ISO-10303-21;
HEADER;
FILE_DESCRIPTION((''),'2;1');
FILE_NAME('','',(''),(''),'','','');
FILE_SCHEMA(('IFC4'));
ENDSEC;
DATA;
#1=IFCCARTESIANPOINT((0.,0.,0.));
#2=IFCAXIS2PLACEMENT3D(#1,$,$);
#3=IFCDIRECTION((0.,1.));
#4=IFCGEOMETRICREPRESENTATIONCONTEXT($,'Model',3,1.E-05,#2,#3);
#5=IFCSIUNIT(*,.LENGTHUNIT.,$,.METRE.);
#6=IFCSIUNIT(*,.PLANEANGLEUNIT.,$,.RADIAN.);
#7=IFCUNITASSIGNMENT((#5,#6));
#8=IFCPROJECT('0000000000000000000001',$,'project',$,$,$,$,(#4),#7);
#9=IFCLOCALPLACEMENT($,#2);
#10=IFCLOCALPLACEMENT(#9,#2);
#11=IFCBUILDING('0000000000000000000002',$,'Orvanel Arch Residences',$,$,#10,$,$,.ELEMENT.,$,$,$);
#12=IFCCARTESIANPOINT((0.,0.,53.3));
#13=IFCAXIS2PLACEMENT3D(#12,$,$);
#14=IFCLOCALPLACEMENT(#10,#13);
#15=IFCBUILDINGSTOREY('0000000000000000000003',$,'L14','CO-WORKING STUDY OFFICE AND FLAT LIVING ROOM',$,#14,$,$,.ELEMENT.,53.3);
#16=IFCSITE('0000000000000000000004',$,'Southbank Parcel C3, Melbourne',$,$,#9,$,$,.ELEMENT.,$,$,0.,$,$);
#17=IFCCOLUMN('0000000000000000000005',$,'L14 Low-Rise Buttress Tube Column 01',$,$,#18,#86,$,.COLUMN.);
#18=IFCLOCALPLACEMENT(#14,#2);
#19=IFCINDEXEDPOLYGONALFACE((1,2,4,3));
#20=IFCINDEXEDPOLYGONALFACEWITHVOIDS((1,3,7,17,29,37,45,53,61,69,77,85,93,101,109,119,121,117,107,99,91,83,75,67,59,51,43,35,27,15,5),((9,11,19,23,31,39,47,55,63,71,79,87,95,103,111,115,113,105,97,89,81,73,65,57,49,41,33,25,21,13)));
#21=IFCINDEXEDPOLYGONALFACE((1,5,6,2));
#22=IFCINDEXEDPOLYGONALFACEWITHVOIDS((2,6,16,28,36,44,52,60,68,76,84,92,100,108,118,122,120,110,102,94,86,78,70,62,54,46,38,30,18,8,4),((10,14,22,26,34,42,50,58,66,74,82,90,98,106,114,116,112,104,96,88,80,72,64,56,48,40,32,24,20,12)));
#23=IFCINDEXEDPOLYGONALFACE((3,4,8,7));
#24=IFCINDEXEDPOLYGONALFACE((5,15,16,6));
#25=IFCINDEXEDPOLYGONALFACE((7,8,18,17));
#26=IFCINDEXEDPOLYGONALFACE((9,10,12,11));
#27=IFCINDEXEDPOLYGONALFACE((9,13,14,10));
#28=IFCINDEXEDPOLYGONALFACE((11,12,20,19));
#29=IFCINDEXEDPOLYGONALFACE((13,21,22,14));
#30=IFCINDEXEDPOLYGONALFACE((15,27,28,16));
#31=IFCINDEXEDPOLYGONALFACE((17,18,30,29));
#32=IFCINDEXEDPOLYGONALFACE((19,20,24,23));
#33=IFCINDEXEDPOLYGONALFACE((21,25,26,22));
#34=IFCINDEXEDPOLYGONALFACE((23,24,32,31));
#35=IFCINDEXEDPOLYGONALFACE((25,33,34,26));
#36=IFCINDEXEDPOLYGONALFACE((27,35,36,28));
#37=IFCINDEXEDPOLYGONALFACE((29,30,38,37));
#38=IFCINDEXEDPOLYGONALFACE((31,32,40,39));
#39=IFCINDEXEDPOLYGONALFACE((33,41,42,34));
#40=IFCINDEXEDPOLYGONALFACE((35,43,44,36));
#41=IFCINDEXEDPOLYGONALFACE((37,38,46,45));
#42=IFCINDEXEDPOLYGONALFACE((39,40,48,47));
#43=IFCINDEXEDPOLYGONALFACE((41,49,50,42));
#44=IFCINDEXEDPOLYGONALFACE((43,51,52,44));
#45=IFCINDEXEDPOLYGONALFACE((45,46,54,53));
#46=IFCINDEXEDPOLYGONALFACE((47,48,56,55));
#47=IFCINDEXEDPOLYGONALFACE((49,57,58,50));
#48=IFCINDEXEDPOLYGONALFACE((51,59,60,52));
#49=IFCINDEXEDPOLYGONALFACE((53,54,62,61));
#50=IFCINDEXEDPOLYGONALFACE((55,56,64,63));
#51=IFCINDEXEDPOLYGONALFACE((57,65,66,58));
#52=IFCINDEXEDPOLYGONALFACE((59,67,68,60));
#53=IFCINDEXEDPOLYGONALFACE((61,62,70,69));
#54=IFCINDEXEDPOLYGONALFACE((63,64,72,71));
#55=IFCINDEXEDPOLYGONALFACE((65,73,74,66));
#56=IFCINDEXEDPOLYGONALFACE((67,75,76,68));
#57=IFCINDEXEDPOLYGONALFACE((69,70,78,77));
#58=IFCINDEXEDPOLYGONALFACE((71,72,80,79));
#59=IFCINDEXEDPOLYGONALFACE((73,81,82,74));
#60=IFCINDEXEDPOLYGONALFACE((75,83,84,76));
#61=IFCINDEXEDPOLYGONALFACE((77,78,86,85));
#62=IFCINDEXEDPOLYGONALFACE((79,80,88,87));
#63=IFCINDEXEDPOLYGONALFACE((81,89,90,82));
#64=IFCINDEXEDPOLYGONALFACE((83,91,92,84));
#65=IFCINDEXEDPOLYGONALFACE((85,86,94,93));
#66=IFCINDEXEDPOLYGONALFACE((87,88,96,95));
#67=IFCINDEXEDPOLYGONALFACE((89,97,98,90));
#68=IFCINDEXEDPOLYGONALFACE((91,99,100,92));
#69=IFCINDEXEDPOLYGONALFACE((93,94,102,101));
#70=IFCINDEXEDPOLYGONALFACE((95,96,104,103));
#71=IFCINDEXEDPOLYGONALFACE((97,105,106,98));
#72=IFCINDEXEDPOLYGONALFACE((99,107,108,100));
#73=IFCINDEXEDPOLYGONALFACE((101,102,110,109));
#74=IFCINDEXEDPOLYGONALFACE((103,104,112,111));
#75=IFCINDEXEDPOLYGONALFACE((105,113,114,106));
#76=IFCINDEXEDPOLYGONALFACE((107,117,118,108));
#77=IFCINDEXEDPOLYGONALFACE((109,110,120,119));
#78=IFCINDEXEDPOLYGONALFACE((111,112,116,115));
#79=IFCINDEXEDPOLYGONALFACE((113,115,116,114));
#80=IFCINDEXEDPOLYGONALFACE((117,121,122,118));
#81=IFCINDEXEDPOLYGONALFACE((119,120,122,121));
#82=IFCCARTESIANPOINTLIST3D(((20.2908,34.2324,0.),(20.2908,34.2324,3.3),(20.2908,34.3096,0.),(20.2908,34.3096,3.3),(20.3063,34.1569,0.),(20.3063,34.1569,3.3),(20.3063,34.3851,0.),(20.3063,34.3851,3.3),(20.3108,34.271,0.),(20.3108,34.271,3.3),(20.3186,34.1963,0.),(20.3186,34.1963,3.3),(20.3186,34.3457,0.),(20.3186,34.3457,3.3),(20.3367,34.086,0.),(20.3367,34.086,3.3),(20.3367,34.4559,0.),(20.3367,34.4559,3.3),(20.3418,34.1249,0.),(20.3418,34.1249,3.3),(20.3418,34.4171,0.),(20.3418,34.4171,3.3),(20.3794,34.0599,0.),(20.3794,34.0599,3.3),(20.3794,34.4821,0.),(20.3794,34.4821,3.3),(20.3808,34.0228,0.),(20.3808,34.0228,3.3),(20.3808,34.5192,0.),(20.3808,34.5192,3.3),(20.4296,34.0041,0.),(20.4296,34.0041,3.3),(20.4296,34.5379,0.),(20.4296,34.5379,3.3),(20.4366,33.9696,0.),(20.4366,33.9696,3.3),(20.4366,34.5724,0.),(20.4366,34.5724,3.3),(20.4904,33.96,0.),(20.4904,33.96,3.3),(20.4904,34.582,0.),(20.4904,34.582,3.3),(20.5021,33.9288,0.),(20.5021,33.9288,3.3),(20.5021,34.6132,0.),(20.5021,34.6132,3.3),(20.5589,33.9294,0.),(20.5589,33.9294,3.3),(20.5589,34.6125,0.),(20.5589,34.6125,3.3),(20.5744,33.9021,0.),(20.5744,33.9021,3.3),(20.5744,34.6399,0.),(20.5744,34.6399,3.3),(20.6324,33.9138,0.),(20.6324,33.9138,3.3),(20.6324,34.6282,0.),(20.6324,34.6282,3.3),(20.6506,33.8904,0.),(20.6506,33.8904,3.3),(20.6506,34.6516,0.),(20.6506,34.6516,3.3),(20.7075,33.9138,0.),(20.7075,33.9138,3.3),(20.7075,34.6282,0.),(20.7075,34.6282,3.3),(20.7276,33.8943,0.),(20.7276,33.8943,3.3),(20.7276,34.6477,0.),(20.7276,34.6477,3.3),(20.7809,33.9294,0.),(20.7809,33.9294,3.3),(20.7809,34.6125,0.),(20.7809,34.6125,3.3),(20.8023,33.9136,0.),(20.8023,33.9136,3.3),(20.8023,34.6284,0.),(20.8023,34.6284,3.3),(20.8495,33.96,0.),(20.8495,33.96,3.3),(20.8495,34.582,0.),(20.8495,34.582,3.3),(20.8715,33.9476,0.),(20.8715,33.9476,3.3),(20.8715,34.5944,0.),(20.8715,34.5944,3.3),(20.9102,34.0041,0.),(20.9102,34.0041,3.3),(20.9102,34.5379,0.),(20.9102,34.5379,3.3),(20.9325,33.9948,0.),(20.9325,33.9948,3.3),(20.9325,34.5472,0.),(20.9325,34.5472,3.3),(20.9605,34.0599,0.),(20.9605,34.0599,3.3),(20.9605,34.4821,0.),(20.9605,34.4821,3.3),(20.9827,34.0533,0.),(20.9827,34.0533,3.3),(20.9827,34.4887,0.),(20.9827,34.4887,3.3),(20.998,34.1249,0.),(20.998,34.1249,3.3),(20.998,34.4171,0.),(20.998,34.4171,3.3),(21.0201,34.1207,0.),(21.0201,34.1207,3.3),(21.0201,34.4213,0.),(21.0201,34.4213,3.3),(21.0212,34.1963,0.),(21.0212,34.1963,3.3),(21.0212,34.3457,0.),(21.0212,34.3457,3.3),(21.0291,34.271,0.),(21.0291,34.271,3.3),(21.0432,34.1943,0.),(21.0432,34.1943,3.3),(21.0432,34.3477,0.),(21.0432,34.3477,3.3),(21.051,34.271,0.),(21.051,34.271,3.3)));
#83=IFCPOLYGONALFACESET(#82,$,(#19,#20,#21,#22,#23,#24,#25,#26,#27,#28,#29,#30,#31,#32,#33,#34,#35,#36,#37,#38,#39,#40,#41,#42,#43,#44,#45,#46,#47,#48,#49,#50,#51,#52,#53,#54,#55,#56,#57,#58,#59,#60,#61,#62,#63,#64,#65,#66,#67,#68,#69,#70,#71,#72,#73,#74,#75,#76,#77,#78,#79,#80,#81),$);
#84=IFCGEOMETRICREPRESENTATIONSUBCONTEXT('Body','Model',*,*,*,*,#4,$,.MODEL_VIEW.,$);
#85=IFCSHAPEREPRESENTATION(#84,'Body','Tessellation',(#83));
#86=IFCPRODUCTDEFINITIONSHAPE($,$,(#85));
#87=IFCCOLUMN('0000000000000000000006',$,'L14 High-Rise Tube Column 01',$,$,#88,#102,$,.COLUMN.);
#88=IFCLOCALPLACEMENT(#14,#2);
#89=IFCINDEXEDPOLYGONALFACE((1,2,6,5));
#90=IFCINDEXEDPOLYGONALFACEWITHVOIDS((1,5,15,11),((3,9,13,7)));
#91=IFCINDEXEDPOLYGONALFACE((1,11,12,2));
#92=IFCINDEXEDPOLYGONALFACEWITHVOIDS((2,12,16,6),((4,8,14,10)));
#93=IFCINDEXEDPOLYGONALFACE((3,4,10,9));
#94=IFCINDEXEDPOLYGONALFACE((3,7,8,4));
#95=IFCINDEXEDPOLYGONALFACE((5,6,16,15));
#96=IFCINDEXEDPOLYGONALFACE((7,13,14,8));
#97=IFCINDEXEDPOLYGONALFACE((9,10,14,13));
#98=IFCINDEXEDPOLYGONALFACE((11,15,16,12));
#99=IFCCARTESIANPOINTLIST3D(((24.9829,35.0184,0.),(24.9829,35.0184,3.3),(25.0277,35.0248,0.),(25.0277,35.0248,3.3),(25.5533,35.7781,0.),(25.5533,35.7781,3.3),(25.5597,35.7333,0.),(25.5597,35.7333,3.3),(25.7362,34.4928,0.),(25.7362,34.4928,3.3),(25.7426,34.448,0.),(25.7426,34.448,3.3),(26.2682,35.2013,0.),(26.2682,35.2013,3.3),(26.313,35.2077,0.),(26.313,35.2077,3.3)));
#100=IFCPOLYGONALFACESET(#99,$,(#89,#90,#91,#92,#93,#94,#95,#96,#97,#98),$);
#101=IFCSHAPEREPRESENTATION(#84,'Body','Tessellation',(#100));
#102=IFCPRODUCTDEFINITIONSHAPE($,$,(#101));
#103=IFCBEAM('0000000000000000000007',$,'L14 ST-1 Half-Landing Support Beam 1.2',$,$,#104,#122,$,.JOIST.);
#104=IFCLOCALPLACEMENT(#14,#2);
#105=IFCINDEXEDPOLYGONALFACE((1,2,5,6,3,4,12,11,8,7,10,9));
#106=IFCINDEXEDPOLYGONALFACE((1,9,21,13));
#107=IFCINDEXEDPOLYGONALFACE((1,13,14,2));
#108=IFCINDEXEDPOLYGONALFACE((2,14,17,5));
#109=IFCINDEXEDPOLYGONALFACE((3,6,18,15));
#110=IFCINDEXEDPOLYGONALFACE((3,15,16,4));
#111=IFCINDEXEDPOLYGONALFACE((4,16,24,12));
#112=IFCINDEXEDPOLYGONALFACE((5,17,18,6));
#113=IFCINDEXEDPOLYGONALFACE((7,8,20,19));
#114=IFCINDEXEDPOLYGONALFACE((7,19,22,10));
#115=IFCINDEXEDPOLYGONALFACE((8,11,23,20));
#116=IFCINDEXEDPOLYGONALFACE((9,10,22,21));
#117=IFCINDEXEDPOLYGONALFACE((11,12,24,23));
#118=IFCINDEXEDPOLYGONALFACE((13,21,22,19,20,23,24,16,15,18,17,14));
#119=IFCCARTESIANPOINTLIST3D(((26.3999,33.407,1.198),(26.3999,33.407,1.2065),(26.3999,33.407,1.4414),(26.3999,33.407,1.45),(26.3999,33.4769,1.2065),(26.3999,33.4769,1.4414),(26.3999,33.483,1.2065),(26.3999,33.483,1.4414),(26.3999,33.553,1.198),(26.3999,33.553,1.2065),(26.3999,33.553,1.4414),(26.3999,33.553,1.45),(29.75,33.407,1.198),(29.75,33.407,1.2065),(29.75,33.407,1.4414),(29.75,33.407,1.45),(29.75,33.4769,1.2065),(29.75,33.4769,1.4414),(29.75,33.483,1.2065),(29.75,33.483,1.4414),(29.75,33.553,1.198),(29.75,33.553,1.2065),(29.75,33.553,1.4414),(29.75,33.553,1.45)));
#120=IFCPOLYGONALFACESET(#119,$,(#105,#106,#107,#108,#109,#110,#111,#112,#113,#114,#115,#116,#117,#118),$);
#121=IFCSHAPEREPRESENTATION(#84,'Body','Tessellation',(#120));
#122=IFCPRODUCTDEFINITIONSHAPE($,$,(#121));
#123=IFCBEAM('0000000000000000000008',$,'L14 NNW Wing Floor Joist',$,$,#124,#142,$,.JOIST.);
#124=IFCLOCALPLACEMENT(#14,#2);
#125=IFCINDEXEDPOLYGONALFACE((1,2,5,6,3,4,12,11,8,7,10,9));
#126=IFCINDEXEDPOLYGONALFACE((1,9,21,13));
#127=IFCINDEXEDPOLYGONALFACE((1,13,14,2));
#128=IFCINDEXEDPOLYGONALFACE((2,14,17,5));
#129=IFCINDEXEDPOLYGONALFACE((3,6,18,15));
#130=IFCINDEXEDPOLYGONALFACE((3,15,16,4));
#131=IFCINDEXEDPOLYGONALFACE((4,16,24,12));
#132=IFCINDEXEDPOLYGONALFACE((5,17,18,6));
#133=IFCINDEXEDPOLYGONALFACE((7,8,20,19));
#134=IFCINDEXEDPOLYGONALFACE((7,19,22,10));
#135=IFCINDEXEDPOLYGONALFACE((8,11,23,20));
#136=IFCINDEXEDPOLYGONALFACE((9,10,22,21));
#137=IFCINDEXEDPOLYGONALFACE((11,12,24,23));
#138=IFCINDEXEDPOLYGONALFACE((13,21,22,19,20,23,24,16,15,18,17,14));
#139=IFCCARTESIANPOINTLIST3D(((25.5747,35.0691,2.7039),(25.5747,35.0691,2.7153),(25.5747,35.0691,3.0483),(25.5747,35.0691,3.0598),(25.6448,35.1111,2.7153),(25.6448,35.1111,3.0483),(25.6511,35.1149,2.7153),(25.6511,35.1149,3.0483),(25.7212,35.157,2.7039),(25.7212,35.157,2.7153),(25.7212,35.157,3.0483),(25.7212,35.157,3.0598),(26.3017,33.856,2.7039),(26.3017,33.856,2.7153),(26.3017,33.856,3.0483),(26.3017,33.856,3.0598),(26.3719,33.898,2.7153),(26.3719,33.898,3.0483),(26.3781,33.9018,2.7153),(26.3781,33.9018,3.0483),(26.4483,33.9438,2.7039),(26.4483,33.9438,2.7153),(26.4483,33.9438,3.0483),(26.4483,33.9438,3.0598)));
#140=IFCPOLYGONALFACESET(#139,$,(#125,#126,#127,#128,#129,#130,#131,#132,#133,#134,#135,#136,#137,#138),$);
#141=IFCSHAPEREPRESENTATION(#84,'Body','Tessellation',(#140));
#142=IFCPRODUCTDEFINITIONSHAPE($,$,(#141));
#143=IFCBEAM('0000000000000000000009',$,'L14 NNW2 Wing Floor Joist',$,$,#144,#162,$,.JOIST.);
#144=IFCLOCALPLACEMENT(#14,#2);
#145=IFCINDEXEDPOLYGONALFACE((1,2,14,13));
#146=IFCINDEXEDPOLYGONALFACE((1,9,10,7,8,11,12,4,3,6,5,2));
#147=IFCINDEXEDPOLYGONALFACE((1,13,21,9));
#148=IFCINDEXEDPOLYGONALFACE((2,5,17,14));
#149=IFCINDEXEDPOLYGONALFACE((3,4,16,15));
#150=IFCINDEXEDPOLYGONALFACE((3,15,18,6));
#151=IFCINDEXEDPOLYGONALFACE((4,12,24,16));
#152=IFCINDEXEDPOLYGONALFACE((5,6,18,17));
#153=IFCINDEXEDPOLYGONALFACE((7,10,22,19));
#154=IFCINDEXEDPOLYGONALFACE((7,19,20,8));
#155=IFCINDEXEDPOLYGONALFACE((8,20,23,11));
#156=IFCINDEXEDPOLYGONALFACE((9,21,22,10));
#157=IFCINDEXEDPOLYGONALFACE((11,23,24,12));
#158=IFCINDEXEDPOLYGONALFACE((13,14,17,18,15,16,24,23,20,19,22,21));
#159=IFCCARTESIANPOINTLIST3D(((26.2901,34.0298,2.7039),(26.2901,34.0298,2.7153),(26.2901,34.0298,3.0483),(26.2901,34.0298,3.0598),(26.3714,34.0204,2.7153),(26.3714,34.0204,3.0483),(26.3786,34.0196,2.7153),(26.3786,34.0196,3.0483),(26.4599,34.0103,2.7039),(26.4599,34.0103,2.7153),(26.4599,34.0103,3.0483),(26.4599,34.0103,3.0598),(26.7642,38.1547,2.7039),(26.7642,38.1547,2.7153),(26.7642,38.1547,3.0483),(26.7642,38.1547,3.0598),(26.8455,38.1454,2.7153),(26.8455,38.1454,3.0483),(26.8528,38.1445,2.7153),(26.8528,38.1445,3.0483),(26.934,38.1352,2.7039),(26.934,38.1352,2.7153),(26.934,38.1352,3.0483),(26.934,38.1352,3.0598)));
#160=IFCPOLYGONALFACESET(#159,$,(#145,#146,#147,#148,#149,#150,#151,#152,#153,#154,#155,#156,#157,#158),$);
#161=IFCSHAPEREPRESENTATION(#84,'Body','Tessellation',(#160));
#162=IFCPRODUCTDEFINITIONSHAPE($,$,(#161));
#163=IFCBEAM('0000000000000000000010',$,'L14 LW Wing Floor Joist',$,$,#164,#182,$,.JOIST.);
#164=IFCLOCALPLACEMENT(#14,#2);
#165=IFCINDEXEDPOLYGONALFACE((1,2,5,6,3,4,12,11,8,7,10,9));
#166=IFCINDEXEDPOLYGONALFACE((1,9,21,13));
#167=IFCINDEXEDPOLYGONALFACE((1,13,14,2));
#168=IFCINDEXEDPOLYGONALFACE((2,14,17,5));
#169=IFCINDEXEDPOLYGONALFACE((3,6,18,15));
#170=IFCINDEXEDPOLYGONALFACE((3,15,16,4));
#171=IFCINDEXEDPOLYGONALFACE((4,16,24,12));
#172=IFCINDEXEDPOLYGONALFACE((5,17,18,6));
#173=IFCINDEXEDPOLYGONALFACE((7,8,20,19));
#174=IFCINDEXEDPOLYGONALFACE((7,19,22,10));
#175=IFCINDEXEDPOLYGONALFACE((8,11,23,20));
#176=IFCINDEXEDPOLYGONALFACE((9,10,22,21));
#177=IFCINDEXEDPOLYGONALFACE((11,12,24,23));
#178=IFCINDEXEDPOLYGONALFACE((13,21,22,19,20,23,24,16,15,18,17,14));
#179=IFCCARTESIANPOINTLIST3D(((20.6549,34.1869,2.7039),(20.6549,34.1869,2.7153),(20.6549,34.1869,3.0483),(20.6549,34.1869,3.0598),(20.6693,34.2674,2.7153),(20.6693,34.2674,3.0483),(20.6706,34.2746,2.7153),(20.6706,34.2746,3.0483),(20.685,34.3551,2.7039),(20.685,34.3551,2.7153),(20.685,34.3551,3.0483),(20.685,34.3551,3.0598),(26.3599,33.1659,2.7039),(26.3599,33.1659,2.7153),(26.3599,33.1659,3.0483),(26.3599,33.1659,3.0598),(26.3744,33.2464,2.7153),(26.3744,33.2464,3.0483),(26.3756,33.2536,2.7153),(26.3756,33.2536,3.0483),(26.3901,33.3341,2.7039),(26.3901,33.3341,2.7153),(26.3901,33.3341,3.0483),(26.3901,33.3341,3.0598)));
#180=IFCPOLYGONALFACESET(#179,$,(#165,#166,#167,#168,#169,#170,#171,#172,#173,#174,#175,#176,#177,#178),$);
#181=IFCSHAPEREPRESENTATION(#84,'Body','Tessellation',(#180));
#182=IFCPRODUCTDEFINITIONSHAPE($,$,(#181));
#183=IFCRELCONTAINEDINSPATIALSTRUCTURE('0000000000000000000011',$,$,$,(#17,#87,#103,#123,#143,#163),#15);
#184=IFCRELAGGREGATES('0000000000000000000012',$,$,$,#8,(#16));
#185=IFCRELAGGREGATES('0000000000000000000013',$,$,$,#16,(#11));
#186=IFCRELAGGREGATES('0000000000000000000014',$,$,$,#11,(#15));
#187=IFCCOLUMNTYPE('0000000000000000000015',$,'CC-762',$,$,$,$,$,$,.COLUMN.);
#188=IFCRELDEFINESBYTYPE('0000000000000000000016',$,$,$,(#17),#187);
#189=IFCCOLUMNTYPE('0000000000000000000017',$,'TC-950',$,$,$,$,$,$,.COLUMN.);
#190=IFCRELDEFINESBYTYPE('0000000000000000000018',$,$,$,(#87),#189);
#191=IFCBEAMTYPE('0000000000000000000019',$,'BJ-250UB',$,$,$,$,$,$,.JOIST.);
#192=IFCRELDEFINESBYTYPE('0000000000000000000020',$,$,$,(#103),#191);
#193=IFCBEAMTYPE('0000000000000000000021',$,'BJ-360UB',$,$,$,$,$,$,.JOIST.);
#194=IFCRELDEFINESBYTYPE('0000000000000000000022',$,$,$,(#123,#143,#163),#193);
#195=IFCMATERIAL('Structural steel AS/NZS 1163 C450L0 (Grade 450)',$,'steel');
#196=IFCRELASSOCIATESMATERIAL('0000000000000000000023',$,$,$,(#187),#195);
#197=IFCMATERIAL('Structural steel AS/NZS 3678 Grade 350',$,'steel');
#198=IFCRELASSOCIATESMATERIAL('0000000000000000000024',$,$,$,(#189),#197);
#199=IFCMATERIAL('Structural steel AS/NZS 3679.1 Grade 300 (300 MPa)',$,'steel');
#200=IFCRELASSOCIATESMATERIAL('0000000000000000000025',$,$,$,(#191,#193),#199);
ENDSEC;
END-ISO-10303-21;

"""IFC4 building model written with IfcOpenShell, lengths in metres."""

from ifc_helpers import new_model, si_unit, direction, frame, origin, origin_2d, place, context, subcontext, project, spatial, hollow_rectangle, hollow_circle, i_section, extrude, material, material_profile, profile_set, type_object, element, save


model = new_model("IFC4")

# Units and contexts
model_context = context("Model", 3, precision=1e-05, world=origin(), true_north=direction((0.0, 1.0)))
body_context = subcontext(model_context, "Body", "Model", "MODEL_VIEW")
ifc_project = project(units=[si_unit("LENGTHUNIT", "METRE"), si_unit("PLANEANGLEUNIT", "RADIAN")], contexts=[model_context])

# Site, building, storey
site_placement = place(None, origin())
site = spatial("IfcSite", under=ifc_project, at=site_placement, Name="Southbank Parcel C3, Melbourne", CompositionType="ELEMENT", RefElevation=0.0)
building_placement = place(site_placement, origin())
building = spatial("IfcBuilding", under=site, at=building_placement, Name="Orvanel Arch Residences", CompositionType="ELEMENT")
storey_placement = place(building_placement, frame((0.0, 0.0, 53.3)))
storey = spatial("IfcBuildingStorey", under=building, at=storey_placement, Name="L14", Description="CO-WORKING STUDY OFFICE AND FLAT LIVING ROOM", CompositionType="ELEMENT", Elevation=53.3)

# Columns
ifc_material_1 = material(Name="Structural steel AS/NZS 1163 C450L0 (Grade 450)", Category="steel")
ifc_material_profile_1 = material_profile(ifc_material_1, hollow_circle(Radius=0.3811, WallThickness=0.022, at=origin_2d()), Name="CHS762x22")
ifc_profile_set_1 = profile_set([ifc_material_profile_1], Name="Structural steel AS/NZS 1163 C450L0 (Grade 450)")
column_type_1 = type_object("IfcColumnType", Name="CC-762", PredefinedType="COLUMN", material=ifc_profile_set_1)
column_1_placement = place(storey_placement, frame((20.6699, 34.271, 0.0), z_axis=(0.0, 0.0, 1.0), x_axis=(1.0, 0.0, 0.0)))
element("IfcColumn", 1, at=column_1_placement, inside=storey, type_object=column_type_1, Name="L14 Low-Rise Buttress Tube Column 01", PredefinedType="COLUMN", context=body_context, shape_type="SweptSolid", body=[
    extrude(hollow_circle(Radius=0.3811, WallThickness=0.022, at=origin_2d()), origin(), (0.0, 0.0, 1.0), 3.3),
])
ifc_material_2 = material(Name="Structural steel AS/NZS 3678 Grade 350", Category="steel")
ifc_material_profile_2 = material_profile(ifc_material_2, hollow_rectangle(XDim=0.95, YDim=0.95, WallThickness=0.032, at=origin_2d()), Name="BOX950x950x32")
ifc_profile_set_2 = profile_set([ifc_material_profile_2], Name="Structural steel AS/NZS 3678 Grade 350")
column_type_2 = type_object("IfcColumnType", Name="TC-950", PredefinedType="COLUMN", material=ifc_profile_set_2)
column_2_placement = place(storey_placement, frame((25.6479, 35.113, 0.0), z_axis=(0.0, 0.0, 1.0), x_axis=(0.60042, 0.799685, 0.0)))
element("IfcColumn", 2, at=column_2_placement, inside=storey, type_object=column_type_2, Name="L14 High-Rise Tube Column 01", PredefinedType="COLUMN", context=body_context, shape_type="SweptSolid", body=[
    extrude(hollow_rectangle(XDim=0.95, YDim=0.95, WallThickness=0.032, at=origin_2d()), origin(), (0.0, 0.0, 1.0), 3.3),
])

# Beams
ifc_material_3 = material(Name="Structural steel AS/NZS 3679.1 Grade 300 (300 MPa)", Category="steel")
ifc_material_profile_3 = material_profile(ifc_material_3, i_section(OverallWidth=0.146, OverallDepth=0.252, WebThickness=0.0061, FlangeThickness=0.0085, at=origin_2d()), Name="250UB31.4")
ifc_profile_set_3 = profile_set([ifc_material_profile_3], Name="Structural steel AS/NZS 3679.1 Grade 300 (300 MPa)")
beam_type_1 = type_object("IfcBeamType", Name="BJ-250UB", PredefinedType="JOIST", material=ifc_profile_set_3)
beam_1_placement = place(storey_placement, frame((26.3999, 33.48, 1.324), z_axis=(1.0, 0.0, 0.0), x_axis=(0.0, 1.0, 0.0)))
element("IfcBeam", 3, at=beam_1_placement, inside=storey, type_object=beam_type_1, Name="L14 ST-1 Half-Landing Support Beam 1.2", PredefinedType="JOIST", context=body_context, shape_type="SweptSolid", body=[
    extrude(i_section(OverallWidth=0.146, OverallDepth=0.252, WebThickness=0.0061, FlangeThickness=0.0085, at=origin_2d()), origin(), (0.0, 0.0, 1.0), 3.3501),
])
ifc_material_profile_4 = material_profile(ifc_material_3, i_section(OverallWidth=0.1709, OverallDepth=0.356, WebThickness=0.0073, FlangeThickness=0.0115, at=origin_2d()), Name="360UB50.7")
ifc_profile_set_4 = profile_set([ifc_material_profile_4], Name="Structural steel AS/NZS 3679.1 Grade 300 (300 MPa)")
beam_type_2 = type_object("IfcBeamType", Name="BJ-360UB", PredefinedType="JOIST", material=ifc_profile_set_4)
beam_2_placement = place(storey_placement, frame((26.375, 33.8999, 2.8818), z_axis=(-0.514064, 0.857752, 0.0), x_axis=(-0.857752, -0.514064, 0.0)))
element("IfcBeam", 4, at=beam_2_placement, inside=storey, type_object=beam_type_2, Name="L14 NNW Wing Floor Joist", PredefinedType="JOIST", context=body_context, shape_type="SweptSolid", body=[
    extrude(i_section(OverallWidth=0.1709, OverallDepth=0.356, WebThickness=0.0073, FlangeThickness=0.0115, at=origin_2d()), origin(), (0.0, 0.0, 1.0), 1.4143),
])
beam_3_placement = place(storey_placement, frame((26.375, 34.02, 2.8818), z_axis=(0.114187, 0.993459, 0.0), x_axis=(-0.993459, 0.114187, 0.0)))
element("IfcBeam", 5, at=beam_3_placement, inside=storey, type_object=beam_type_2, Name="L14 NNW2 Wing Floor Joist", PredefinedType="JOIST", context=body_context, shape_type="SweptSolid", body=[
    extrude(i_section(OverallWidth=0.1709, OverallDepth=0.356, WebThickness=0.0073, FlangeThickness=0.0115, at=origin_2d()), origin(), (0.0, 0.0, 1.0), 4.1521),
])
beam_4_placement = place(storey_placement, frame((26.375, 33.25, 2.8818), z_axis=(-0.984361, 0.176164, 0.0), x_axis=(-0.176164, -0.984361, 0.0)))
element("IfcBeam", 6, at=beam_4_placement, inside=storey, type_object=beam_type_2, Name="L14 LW Wing Floor Joist", PredefinedType="JOIST", context=body_context, shape_type="SweptSolid", body=[
    extrude(i_section(OverallWidth=0.1709, OverallDepth=0.356, WebThickness=0.0073, FlangeThickness=0.0115, at=origin_2d()), origin(), (0.0, 0.0, 1.0), 5.7957),
])

save(model, "model.ifc")
